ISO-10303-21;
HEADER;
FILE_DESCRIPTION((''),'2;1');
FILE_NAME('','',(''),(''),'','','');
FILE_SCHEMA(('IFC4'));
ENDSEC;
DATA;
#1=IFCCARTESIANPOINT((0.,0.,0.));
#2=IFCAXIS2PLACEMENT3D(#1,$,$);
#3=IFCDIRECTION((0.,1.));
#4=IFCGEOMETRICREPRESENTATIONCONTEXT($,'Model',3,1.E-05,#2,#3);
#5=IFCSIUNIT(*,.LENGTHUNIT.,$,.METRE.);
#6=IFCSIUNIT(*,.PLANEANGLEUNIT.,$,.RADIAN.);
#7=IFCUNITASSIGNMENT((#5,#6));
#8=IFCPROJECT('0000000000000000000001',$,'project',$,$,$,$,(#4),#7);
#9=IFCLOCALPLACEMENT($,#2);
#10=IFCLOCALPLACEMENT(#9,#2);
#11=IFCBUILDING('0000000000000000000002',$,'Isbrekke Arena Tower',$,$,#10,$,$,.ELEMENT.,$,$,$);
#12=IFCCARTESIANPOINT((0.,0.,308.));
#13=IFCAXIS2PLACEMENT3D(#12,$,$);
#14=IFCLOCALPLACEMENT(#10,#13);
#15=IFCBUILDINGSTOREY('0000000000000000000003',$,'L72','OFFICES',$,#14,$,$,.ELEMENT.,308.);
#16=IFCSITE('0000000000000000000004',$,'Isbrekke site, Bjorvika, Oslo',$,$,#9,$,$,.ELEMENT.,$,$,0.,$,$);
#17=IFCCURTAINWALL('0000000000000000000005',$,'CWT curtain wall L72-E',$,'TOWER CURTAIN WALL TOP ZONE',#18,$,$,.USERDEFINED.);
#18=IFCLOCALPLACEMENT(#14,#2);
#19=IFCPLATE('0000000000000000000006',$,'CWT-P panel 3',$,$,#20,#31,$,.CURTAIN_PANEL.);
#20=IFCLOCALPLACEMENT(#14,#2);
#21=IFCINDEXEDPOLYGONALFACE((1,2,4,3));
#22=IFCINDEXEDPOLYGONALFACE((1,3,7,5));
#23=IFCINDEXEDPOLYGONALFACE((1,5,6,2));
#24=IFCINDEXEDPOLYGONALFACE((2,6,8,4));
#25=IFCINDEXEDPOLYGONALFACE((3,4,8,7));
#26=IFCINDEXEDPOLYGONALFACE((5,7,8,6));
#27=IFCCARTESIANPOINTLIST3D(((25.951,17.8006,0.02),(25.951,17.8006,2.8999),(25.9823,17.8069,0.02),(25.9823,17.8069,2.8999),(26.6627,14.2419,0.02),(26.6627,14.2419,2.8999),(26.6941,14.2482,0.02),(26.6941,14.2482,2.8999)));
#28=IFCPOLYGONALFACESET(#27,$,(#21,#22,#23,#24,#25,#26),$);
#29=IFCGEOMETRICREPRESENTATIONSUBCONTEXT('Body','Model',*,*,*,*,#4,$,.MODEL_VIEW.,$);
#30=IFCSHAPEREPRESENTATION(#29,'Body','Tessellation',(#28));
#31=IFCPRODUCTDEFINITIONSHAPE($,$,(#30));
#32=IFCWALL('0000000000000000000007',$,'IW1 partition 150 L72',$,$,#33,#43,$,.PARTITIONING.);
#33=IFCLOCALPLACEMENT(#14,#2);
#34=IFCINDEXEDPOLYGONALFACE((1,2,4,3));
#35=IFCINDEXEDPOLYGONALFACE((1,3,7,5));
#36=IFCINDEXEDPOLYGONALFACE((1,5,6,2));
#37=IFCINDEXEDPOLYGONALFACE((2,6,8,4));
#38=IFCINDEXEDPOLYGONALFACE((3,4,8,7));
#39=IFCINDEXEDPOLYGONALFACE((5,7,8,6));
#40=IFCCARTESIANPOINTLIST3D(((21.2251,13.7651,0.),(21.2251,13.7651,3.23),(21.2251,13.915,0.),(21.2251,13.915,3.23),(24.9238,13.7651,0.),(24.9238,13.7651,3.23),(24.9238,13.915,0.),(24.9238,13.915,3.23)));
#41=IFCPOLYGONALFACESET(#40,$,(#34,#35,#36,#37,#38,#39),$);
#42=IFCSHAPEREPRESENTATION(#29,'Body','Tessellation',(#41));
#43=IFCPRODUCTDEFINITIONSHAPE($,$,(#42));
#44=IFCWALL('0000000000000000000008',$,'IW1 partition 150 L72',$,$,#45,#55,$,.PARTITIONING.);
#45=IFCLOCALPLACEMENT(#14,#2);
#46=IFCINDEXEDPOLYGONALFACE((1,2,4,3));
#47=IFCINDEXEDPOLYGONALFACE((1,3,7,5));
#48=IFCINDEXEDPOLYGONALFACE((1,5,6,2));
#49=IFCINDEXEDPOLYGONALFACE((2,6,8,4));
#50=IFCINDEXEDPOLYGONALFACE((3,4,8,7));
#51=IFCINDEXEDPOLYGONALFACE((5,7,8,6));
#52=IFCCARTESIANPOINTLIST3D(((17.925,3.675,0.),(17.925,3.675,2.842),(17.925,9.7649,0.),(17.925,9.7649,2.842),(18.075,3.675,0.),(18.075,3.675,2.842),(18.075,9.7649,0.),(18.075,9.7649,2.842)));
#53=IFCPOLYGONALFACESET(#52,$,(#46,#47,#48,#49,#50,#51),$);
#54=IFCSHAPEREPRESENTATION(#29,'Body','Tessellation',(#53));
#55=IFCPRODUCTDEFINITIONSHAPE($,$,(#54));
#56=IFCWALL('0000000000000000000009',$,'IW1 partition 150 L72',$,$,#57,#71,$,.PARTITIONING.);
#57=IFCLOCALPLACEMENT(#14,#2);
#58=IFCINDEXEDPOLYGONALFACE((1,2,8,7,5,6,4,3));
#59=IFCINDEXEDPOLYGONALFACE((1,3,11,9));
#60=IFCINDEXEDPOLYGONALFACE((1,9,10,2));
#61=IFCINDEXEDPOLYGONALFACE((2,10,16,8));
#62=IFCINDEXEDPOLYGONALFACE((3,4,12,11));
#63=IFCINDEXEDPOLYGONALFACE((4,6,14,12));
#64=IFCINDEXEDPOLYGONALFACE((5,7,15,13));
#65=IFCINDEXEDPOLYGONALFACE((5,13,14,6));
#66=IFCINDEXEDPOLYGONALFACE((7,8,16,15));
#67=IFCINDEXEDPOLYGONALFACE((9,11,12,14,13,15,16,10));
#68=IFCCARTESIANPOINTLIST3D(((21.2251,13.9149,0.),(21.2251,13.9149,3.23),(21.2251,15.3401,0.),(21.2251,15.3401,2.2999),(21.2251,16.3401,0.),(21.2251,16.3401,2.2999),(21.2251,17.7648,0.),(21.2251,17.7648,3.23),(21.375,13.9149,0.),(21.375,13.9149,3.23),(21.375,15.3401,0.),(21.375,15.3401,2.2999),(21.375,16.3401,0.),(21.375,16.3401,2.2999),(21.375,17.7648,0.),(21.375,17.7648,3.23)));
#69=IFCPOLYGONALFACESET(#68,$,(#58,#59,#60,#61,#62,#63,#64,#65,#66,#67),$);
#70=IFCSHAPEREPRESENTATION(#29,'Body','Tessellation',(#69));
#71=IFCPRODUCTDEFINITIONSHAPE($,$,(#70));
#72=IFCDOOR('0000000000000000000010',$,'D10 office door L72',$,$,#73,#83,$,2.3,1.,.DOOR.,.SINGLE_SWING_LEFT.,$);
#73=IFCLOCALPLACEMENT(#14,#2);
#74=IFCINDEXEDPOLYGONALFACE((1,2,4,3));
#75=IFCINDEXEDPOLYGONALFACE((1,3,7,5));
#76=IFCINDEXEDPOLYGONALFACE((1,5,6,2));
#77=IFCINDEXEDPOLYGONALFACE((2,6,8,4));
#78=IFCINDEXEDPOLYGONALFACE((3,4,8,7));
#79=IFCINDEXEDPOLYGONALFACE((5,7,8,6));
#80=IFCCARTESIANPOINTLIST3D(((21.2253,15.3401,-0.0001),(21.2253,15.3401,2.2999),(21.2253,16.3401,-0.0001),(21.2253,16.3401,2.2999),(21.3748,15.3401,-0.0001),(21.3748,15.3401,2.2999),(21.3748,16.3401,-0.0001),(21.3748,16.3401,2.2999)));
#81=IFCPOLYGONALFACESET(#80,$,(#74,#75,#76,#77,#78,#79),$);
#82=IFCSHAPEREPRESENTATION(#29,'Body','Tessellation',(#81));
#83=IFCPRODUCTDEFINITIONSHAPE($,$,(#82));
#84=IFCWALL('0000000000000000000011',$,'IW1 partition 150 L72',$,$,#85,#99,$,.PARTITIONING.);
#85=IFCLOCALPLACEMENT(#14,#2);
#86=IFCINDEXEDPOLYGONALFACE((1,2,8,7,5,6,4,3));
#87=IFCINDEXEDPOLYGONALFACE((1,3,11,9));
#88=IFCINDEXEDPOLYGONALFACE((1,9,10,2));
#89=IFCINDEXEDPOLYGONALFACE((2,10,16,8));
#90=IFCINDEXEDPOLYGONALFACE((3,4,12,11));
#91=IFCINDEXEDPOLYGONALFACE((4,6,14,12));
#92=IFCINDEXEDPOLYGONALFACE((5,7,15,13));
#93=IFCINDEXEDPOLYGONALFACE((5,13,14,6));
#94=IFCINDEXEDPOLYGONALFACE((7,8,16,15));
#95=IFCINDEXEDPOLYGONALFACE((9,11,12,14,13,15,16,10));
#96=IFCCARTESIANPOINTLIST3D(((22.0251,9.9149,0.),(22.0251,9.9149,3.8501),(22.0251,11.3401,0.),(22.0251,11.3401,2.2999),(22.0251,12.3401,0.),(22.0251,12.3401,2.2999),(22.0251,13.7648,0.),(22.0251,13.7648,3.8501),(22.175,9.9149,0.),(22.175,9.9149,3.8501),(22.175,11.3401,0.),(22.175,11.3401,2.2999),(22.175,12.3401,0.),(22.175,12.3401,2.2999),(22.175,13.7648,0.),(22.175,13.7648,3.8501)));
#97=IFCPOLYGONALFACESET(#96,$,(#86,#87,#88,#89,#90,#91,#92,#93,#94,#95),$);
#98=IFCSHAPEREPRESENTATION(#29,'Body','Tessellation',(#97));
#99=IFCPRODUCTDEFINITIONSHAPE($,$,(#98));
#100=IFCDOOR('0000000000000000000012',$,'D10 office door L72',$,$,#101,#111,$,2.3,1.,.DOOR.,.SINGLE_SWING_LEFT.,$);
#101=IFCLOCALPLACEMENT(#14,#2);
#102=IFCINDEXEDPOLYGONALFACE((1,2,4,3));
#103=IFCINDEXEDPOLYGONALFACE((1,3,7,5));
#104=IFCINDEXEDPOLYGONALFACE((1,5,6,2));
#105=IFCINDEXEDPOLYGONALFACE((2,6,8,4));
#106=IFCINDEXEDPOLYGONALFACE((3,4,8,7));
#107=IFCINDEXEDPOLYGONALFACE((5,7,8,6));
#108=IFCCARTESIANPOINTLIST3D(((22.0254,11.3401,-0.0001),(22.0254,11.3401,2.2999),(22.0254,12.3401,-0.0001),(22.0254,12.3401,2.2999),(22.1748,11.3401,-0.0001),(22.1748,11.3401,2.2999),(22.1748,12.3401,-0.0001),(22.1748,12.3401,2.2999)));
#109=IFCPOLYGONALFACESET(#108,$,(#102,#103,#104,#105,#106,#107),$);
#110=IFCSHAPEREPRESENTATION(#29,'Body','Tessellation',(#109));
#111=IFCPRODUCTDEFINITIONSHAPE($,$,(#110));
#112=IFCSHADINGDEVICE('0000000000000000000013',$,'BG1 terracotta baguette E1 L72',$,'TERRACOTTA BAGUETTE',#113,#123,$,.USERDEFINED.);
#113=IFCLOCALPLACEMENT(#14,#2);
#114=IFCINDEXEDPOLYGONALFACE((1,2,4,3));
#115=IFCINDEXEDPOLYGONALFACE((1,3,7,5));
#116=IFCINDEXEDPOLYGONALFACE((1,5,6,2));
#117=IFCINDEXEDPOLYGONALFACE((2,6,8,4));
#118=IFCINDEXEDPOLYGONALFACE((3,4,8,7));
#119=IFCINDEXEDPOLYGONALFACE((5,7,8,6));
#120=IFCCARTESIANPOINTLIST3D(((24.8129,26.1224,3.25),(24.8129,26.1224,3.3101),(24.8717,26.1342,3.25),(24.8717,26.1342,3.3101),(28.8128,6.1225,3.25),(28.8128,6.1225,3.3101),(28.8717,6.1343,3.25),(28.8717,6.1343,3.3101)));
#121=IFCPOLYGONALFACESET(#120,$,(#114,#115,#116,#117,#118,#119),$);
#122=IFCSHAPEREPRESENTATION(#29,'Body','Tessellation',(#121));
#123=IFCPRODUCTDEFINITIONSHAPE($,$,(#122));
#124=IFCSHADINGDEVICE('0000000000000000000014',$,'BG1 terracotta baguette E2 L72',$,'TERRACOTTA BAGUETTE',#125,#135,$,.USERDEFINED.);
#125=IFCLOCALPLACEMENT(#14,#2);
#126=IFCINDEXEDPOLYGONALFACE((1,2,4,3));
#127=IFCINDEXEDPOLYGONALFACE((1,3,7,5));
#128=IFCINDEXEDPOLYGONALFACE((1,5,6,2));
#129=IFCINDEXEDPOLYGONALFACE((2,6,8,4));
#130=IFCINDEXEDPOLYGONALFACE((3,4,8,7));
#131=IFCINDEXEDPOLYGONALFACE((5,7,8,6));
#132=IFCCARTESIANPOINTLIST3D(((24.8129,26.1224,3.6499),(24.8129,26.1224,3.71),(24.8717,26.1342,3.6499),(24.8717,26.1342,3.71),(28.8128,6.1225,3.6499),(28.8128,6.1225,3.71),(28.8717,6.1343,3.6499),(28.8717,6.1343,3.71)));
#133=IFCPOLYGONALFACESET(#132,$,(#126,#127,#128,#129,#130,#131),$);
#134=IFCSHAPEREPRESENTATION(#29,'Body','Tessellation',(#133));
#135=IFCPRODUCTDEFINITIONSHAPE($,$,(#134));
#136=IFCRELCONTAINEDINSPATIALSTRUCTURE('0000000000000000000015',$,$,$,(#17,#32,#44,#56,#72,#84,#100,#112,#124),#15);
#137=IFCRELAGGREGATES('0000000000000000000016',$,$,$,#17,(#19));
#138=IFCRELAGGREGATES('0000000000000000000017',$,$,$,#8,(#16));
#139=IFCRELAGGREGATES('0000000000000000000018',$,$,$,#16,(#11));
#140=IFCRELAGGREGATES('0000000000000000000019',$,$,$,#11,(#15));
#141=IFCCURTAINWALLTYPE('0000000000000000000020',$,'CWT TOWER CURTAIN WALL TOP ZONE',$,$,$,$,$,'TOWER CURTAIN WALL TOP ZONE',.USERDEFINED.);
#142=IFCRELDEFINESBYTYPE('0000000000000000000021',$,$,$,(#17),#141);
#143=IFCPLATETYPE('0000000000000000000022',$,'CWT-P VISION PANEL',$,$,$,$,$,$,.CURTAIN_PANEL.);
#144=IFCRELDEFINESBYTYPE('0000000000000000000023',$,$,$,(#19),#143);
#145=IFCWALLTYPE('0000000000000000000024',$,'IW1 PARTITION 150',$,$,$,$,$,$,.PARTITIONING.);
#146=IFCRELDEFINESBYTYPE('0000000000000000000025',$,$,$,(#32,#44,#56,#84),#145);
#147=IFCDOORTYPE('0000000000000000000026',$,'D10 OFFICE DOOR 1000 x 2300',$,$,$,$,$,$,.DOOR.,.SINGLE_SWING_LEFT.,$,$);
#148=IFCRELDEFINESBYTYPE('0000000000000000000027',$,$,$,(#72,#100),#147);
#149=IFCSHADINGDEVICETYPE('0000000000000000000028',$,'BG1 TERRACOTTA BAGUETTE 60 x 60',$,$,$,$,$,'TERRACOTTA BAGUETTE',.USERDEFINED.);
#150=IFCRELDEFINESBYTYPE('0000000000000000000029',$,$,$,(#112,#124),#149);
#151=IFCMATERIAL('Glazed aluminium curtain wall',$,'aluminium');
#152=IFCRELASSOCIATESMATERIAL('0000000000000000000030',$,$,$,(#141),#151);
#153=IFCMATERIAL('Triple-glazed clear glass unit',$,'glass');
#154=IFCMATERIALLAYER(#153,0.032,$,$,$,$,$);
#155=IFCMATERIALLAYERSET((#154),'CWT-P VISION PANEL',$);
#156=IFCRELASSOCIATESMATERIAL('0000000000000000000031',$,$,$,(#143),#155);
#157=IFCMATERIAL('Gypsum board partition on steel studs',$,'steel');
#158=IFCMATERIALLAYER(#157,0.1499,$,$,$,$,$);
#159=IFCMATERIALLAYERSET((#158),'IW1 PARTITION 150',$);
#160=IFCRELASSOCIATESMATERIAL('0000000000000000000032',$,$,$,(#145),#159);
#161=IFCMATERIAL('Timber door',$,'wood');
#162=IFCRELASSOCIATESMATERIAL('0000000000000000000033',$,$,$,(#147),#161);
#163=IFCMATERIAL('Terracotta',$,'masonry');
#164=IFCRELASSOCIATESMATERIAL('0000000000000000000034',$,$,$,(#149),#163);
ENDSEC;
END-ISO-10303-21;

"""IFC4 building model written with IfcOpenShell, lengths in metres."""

from ifc_helpers import new_model, si_unit, direction, frame, frame_2d, origin, origin_2d, place, context, subcontext, project, spatial, rectangle, extrude, material, layer, layer_set, material_profile, profile_set, type_object, element, fill, aggregate, save


model = new_model("IFC4")

# Units and contexts
model_context = context("Model", 3, precision=1e-05, world=origin(), true_north=direction((0.0, 1.0)))
body_context = subcontext(model_context, "Body", "Model", "MODEL_VIEW")
ifc_project = project(units=[si_unit("LENGTHUNIT", "METRE"), si_unit("PLANEANGLEUNIT", "RADIAN")], contexts=[model_context])

# Site, building, storey
site_placement = place(None, origin())
site = spatial("IfcSite", under=ifc_project, at=site_placement, Name="Isbrekke site, Bjorvika, Oslo", CompositionType="ELEMENT", RefElevation=0.0)
building_placement = place(site_placement, origin())
building = spatial("IfcBuilding", under=site, at=building_placement, Name="Isbrekke Arena Tower", CompositionType="ELEMENT")
storey_placement = place(building_placement, frame((0.0, 0.0, 308.0)))
storey = spatial("IfcBuildingStorey", under=building, at=storey_placement, Name="L72", Description="OFFICES", CompositionType="ELEMENT", Elevation=308.0)

# Curtain wall
ifc_material_1 = material(Name="Glazed aluminium curtain wall", Category="aluminium")
curtain_wall_type = type_object("IfcCurtainWallType", Name="CWT TOWER CURTAIN WALL TOP ZONE", ElementType="TOWER CURTAIN WALL TOP ZONE", PredefinedType="USERDEFINED", material=ifc_material_1)
curtain_wall_1_placement = place(storey_placement, origin())
curtain_wall_1 = element("IfcCurtainWall", 1, at=curtain_wall_1_placement, inside=storey, type_object=curtain_wall_type, Name="CWT curtain wall L72-E", ObjectType="TOWER CURTAIN WALL TOP ZONE", PredefinedType="USERDEFINED")

# Plate
ifc_material_2 = material(Name="Triple-glazed clear glass unit", Category="glass")
ifc_layer_1 = layer(ifc_material_2, 0.032)
ifc_layer_set_1 = layer_set([ifc_layer_1], Name="CWT-P VISION PANEL")
plate_type = type_object("IfcPlateType", Name="CWT-P VISION PANEL", PredefinedType="CURTAIN_PANEL", material=ifc_layer_set_1)
plate_1_placement = place(storey_placement, frame((26.3225, 16.0244, 0.02), z_axis=(0.0, 0.0, 1.0), x_axis=(-0.196116, 0.980581, 0.0)))
plate_1 = element("IfcPlate", 2, at=plate_1_placement, type_object=plate_type, Name="CWT-P panel 3", PredefinedType="CURTAIN_PANEL", context=body_context, shape_type="SweptSolid", body=[
    extrude(rectangle(XDim=3.6292, YDim=0.032, at=origin_2d()), origin(), (0.0, 0.0, 1.0), 2.8799),
])
aggregate(curtain_wall_1, [plate_1])

# Walls
ifc_material_3 = material(Name="Gypsum board partition on steel studs", Category="steel")
ifc_layer_2 = layer(ifc_material_3, 0.1499)
ifc_layer_set_2 = layer_set([ifc_layer_2], Name="IW1 PARTITION 150")
wall_type = type_object("IfcWallType", Name="IW1 PARTITION 150", PredefinedType="PARTITIONING", material=ifc_layer_set_2)
wall_1_placement = place(storey_placement, frame((21.2251, 13.8401, 0.0), z_axis=(0.0, 0.0, 1.0), x_axis=(1.0, 0.0, 0.0)))
element("IfcWall", 3, at=wall_1_placement, inside=storey, type_object=wall_type, Name="IW1 partition 150 L72", PredefinedType="PARTITIONING", context=body_context, shape_type="SweptSolid", body=[
    extrude(rectangle(XDim=3.6987, YDim=0.1499, at=frame_2d((1.8494, 0.0))), origin(), (0.0, 0.0, 1.0), 3.23),
])
wall_2_placement = place(storey_placement, frame((18.0, 3.675, 0.0), z_axis=(0.0, 0.0, 1.0), x_axis=(0.0, 1.0, 0.0)))
element("IfcWall", 4, at=wall_2_placement, inside=storey, type_object=wall_type, Name="IW1 partition 150 L72", PredefinedType="PARTITIONING", context=body_context, shape_type="SweptSolid", body=[
    extrude(rectangle(XDim=6.0898, YDim=0.1499, at=frame_2d((3.0449, 0.0))), origin(), (0.0, 0.0, 1.0), 2.842),
])

# Walls, openings, doors
wall_3_placement = place(storey_placement, frame((21.3, 13.915, 0.0), z_axis=(0.0, 0.0, 1.0), x_axis=(0.0, 1.0, 0.0)))
wall_3 = element("IfcWall", 5, at=wall_3_placement, inside=storey, type_object=wall_type, Name="IW1 partition 150 L72", PredefinedType="PARTITIONING", context=body_context, shape_type="SweptSolid", body=[
    extrude(rectangle(XDim=3.8499, YDim=0.1499, at=frame_2d((1.9248, 0.0))), origin(), (0.0, 0.0, 1.0), 3.23),
])
opening_1_placement = place(wall_3_placement, frame((1.425, 0.0, 0.0)))
opening_1 = element("IfcOpeningElement", 6, at=opening_1_placement, cuts=wall_3, PredefinedType="OPENING", context=body_context, shape_type="SweptSolid", body=[
    extrude(rectangle(XDim=1.0, YDim=2.3, at=frame_2d((0.5, 1.1499))), frame((0.0, 0.0898, 0.0), z_axis=(0.0, -1.0, 0.0), x_axis=(1.0, 0.0, 0.0)), (0.0, 0.0, 1.0), 0.1797),
])
ifc_material_4 = material(Name="Timber door", Category="wood")
door_type = type_object("IfcDoorType", Name="D10 OFFICE DOOR 1000 x 2300", OperationType="SINGLE_SWING_LEFT", PredefinedType="DOOR", material=ifc_material_4)
door_1_placement = place(opening_1_placement, origin())
door_1 = element("IfcDoor", 7, at=door_1_placement, inside=storey, type_object=door_type, Name="D10 office door L72", OperationType="SINGLE_SWING_LEFT", OverallHeight=2.3, OverallWidth=1.0, PredefinedType="DOOR", context=body_context, shape_type="SweptSolid", body=[
    extrude(rectangle(XDim=1.0, YDim=2.3, at=frame_2d((0.5, 1.1499))), frame((0.0, 0.0747, 0.0), z_axis=(0.0, -1.0, 0.0), x_axis=(1.0, 0.0, 0.0)), (0.0, 0.0, 1.0), 0.1494),
])
fill(opening_1, door_1)
wall_4_placement = place(storey_placement, frame((22.1001, 9.915, 0.0), z_axis=(0.0, 0.0, 1.0), x_axis=(0.0, 1.0, 0.0)))
wall_4 = element("IfcWall", 8, at=wall_4_placement, inside=storey, type_object=wall_type, Name="IW1 partition 150 L72", PredefinedType="PARTITIONING", context=body_context, shape_type="SweptSolid", body=[
    extrude(rectangle(XDim=3.8499, YDim=0.1499, at=frame_2d((1.9248, 0.0))), origin(), (0.0, 0.0, 1.0), 3.8501),
])
opening_2_placement = place(wall_4_placement, frame((1.425, 0.0, 0.0)))
opening_2 = element("IfcOpeningElement", 9, at=opening_2_placement, cuts=wall_4, PredefinedType="OPENING", context=body_context, shape_type="SweptSolid", body=[
    extrude(rectangle(XDim=1.0, YDim=2.3, at=frame_2d((0.5, 1.1499))), frame((0.0, 0.0898, 0.0), z_axis=(0.0, -1.0, 0.0), x_axis=(1.0, 0.0, 0.0)), (0.0, 0.0, 1.0), 0.1797),
])
door_2_placement = place(opening_2_placement, origin())
door_2 = element("IfcDoor", 10, at=door_2_placement, inside=storey, type_object=door_type, Name="D10 office door L72", OperationType="SINGLE_SWING_LEFT", OverallHeight=2.3, OverallWidth=1.0, PredefinedType="DOOR", context=body_context, shape_type="SweptSolid", body=[
    extrude(rectangle(XDim=1.0, YDim=2.3, at=frame_2d((0.5, 1.1499))), frame((0.0, 0.0747, 0.0), z_axis=(0.0, -1.0, 0.0), x_axis=(1.0, 0.0, 0.0)), (0.0, 0.0, 1.0), 0.1494),
])
fill(opening_2, door_2)

# Shading devices
ifc_material_5 = material(Name="Terracotta", Category="masonry")
ifc_material_profile_1 = material_profile(ifc_material_5, rectangle(XDim=0.0601, YDim=0.0601, at=origin_2d()), Name="BAGUETTE 60X60")
ifc_profile_set_1 = profile_set([ifc_material_profile_1], Name="Terracotta")
shading_device_type = type_object("IfcShadingDeviceType", Name="BG1 TERRACOTTA BAGUETTE 60 x 60", ElementType="TERRACOTTA BAGUETTE", PredefinedType="USERDEFINED", material=ifc_profile_set_1)
for number, where, z_axis, x_axis, name in (
    (11, (28.8423, 6.1284, 3.28), (-0.196116, 0.980581, 0.0), (-0.980581, -0.196116, 0.0), "BG1 terracotta baguette E1 L72"),
    (12, (28.8423, 6.1284, 3.6799), (-0.196116, 0.980581, 0.0), (-0.980581, -0.196116, 0.0), "BG1 terracotta baguette E2 L72"),
):
    element("IfcShadingDevice", number, at=place(storey_placement, frame(where, z_axis=z_axis, x_axis=x_axis)), inside=storey, type_object=shading_device_type, Name=name, ObjectType="TERRACOTTA BAGUETTE", PredefinedType="USERDEFINED", context=body_context, shape_type="SweptSolid", body=[
        extrude(rectangle(XDim=0.0601, YDim=0.0601, at=origin_2d()), origin(), (0.0, 0.0, 1.0), 20.396),
    ])

save(model, "model.ifc")
